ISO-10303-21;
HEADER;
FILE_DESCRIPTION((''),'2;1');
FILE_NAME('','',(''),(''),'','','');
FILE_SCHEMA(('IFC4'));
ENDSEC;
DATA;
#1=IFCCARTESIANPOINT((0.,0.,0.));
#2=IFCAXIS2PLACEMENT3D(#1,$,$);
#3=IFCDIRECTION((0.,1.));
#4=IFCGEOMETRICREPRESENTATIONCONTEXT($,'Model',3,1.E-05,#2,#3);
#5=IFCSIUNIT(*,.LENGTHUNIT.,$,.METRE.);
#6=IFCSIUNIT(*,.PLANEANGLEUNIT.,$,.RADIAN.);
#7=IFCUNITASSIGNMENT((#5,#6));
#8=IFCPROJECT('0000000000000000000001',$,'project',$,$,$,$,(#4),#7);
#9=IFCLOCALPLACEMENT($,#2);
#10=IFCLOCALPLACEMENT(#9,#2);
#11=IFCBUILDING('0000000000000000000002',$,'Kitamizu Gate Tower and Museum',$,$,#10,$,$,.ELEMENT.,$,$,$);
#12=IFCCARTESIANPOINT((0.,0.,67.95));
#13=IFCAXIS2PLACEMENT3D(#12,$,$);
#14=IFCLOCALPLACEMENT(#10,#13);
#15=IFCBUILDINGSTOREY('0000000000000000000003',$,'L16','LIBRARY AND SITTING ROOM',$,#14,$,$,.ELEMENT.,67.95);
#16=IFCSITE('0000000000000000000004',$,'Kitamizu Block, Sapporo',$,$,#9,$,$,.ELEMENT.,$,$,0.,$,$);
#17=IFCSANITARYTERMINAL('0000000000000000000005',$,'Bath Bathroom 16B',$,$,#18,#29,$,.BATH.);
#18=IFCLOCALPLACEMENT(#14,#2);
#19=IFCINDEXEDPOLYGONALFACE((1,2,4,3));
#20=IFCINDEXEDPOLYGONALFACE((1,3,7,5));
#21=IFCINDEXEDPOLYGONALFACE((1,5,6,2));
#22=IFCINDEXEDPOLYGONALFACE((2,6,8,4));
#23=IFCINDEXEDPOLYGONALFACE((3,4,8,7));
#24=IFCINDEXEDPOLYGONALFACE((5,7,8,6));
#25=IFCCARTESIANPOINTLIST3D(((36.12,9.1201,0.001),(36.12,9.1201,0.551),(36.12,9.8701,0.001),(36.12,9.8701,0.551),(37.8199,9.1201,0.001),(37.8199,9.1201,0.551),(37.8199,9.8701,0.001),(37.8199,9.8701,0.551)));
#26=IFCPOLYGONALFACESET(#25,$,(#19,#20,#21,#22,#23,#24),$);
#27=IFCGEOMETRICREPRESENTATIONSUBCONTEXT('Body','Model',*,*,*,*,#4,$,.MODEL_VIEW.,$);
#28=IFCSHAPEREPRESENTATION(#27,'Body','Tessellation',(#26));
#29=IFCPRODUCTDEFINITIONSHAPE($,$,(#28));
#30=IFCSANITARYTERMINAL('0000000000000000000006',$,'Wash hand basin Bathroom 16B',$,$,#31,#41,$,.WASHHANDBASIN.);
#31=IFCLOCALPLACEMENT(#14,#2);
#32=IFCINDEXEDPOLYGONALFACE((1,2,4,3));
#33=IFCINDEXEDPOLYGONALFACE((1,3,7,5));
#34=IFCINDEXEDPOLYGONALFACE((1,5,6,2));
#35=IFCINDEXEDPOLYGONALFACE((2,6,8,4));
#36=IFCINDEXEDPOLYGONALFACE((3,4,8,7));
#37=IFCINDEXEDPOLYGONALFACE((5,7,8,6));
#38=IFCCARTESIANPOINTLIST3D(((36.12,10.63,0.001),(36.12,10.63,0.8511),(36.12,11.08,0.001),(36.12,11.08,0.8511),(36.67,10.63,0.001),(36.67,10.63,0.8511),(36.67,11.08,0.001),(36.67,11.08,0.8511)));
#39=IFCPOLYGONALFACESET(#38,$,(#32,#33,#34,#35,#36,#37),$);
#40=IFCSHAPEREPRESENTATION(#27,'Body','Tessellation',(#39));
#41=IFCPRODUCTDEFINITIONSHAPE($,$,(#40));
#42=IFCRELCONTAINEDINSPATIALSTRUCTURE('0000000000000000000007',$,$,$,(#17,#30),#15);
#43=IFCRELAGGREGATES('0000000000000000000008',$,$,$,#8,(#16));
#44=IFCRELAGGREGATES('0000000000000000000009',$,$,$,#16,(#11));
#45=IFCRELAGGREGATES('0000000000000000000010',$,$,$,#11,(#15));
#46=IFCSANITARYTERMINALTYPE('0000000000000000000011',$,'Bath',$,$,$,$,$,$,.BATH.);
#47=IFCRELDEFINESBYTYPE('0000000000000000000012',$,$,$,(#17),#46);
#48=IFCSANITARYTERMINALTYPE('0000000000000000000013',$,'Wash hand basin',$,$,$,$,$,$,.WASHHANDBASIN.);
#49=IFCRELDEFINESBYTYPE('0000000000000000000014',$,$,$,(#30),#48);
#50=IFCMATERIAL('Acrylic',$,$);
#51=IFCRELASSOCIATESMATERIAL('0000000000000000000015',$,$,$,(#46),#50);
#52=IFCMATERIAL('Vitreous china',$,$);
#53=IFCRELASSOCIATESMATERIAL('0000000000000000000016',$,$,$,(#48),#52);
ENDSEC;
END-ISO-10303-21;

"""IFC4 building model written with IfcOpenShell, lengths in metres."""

from ifc_helpers import new_model, si_unit, direction, frame, origin, origin_2d, place, context, subcontext, project, spatial, rectangle, extrude, material, type_object, element, save


model = new_model("IFC4")

# Units and contexts
model_context = context("Model", 3, precision=1e-05, world=origin(), true_north=direction((0.0, 1.0)))
body_context = subcontext(model_context, "Body", "Model", "MODEL_VIEW")
ifc_project = project(units=[si_unit("LENGTHUNIT", "METRE"), si_unit("PLANEANGLEUNIT", "RADIAN")], contexts=[model_context])

# Site, building, storey
site_placement = place(None, origin())
site = spatial("IfcSite", under=ifc_project, at=site_placement, Name="Kitamizu Block, Sapporo", CompositionType="ELEMENT", RefElevation=0.0)
building_placement = place(site_placement, origin())
building = spatial("IfcBuilding", under=site, at=building_placement, Name="Kitamizu Gate Tower and Museum", CompositionType="ELEMENT")
storey_placement = place(building_placement, frame((0.0, 0.0, 67.95)))
storey = spatial("IfcBuildingStorey", under=building, at=storey_placement, Name="L16", Description="LIBRARY AND SITTING ROOM", CompositionType="ELEMENT", Elevation=67.95)

# Sanitary terminals
ifc_material_1 = material(Name="Acrylic")
sanitary_terminal_type_1 = type_object("IfcSanitaryTerminalType", Name="Bath", PredefinedType="BATH", material=ifc_material_1)
sanitary_terminal_1_placement = place(storey_placement, frame((36.97, 9.4951, 0.001), z_axis=(0.0, 0.0, 1.0), x_axis=(1.0, 0.0, 0.0)))
element("IfcSanitaryTerminal", 1, at=sanitary_terminal_1_placement, inside=storey, type_object=sanitary_terminal_type_1, Name="Bath Bathroom 16B", PredefinedType="BATH", context=body_context, shape_type="SweptSolid", body=[
    extrude(rectangle(XDim=1.7, YDim=0.75, at=origin_2d()), origin(), (0.0, 0.0, 1.0), 0.55),
])
ifc_material_2 = material(Name="Vitreous china")
sanitary_terminal_type_2 = type_object("IfcSanitaryTerminalType", Name="Wash hand basin", PredefinedType="WASHHANDBASIN", material=ifc_material_2)
sanitary_terminal_2_placement = place(storey_placement, frame((36.395, 10.855, 0.001), z_axis=(0.0, 0.0, 1.0), x_axis=(1.0, 0.0, 0.0)))
element("IfcSanitaryTerminal", 2, at=sanitary_terminal_2_placement, inside=storey, type_object=sanitary_terminal_type_2, Name="Wash hand basin Bathroom 16B", PredefinedType="WASHHANDBASIN", context=body_context, shape_type="SweptSolid", body=[
    extrude(rectangle(XDim=0.55, YDim=0.45, at=origin_2d()), origin(), (0.0, 0.0, 1.0), 0.8501),
])

save(model, "model.ifc")
